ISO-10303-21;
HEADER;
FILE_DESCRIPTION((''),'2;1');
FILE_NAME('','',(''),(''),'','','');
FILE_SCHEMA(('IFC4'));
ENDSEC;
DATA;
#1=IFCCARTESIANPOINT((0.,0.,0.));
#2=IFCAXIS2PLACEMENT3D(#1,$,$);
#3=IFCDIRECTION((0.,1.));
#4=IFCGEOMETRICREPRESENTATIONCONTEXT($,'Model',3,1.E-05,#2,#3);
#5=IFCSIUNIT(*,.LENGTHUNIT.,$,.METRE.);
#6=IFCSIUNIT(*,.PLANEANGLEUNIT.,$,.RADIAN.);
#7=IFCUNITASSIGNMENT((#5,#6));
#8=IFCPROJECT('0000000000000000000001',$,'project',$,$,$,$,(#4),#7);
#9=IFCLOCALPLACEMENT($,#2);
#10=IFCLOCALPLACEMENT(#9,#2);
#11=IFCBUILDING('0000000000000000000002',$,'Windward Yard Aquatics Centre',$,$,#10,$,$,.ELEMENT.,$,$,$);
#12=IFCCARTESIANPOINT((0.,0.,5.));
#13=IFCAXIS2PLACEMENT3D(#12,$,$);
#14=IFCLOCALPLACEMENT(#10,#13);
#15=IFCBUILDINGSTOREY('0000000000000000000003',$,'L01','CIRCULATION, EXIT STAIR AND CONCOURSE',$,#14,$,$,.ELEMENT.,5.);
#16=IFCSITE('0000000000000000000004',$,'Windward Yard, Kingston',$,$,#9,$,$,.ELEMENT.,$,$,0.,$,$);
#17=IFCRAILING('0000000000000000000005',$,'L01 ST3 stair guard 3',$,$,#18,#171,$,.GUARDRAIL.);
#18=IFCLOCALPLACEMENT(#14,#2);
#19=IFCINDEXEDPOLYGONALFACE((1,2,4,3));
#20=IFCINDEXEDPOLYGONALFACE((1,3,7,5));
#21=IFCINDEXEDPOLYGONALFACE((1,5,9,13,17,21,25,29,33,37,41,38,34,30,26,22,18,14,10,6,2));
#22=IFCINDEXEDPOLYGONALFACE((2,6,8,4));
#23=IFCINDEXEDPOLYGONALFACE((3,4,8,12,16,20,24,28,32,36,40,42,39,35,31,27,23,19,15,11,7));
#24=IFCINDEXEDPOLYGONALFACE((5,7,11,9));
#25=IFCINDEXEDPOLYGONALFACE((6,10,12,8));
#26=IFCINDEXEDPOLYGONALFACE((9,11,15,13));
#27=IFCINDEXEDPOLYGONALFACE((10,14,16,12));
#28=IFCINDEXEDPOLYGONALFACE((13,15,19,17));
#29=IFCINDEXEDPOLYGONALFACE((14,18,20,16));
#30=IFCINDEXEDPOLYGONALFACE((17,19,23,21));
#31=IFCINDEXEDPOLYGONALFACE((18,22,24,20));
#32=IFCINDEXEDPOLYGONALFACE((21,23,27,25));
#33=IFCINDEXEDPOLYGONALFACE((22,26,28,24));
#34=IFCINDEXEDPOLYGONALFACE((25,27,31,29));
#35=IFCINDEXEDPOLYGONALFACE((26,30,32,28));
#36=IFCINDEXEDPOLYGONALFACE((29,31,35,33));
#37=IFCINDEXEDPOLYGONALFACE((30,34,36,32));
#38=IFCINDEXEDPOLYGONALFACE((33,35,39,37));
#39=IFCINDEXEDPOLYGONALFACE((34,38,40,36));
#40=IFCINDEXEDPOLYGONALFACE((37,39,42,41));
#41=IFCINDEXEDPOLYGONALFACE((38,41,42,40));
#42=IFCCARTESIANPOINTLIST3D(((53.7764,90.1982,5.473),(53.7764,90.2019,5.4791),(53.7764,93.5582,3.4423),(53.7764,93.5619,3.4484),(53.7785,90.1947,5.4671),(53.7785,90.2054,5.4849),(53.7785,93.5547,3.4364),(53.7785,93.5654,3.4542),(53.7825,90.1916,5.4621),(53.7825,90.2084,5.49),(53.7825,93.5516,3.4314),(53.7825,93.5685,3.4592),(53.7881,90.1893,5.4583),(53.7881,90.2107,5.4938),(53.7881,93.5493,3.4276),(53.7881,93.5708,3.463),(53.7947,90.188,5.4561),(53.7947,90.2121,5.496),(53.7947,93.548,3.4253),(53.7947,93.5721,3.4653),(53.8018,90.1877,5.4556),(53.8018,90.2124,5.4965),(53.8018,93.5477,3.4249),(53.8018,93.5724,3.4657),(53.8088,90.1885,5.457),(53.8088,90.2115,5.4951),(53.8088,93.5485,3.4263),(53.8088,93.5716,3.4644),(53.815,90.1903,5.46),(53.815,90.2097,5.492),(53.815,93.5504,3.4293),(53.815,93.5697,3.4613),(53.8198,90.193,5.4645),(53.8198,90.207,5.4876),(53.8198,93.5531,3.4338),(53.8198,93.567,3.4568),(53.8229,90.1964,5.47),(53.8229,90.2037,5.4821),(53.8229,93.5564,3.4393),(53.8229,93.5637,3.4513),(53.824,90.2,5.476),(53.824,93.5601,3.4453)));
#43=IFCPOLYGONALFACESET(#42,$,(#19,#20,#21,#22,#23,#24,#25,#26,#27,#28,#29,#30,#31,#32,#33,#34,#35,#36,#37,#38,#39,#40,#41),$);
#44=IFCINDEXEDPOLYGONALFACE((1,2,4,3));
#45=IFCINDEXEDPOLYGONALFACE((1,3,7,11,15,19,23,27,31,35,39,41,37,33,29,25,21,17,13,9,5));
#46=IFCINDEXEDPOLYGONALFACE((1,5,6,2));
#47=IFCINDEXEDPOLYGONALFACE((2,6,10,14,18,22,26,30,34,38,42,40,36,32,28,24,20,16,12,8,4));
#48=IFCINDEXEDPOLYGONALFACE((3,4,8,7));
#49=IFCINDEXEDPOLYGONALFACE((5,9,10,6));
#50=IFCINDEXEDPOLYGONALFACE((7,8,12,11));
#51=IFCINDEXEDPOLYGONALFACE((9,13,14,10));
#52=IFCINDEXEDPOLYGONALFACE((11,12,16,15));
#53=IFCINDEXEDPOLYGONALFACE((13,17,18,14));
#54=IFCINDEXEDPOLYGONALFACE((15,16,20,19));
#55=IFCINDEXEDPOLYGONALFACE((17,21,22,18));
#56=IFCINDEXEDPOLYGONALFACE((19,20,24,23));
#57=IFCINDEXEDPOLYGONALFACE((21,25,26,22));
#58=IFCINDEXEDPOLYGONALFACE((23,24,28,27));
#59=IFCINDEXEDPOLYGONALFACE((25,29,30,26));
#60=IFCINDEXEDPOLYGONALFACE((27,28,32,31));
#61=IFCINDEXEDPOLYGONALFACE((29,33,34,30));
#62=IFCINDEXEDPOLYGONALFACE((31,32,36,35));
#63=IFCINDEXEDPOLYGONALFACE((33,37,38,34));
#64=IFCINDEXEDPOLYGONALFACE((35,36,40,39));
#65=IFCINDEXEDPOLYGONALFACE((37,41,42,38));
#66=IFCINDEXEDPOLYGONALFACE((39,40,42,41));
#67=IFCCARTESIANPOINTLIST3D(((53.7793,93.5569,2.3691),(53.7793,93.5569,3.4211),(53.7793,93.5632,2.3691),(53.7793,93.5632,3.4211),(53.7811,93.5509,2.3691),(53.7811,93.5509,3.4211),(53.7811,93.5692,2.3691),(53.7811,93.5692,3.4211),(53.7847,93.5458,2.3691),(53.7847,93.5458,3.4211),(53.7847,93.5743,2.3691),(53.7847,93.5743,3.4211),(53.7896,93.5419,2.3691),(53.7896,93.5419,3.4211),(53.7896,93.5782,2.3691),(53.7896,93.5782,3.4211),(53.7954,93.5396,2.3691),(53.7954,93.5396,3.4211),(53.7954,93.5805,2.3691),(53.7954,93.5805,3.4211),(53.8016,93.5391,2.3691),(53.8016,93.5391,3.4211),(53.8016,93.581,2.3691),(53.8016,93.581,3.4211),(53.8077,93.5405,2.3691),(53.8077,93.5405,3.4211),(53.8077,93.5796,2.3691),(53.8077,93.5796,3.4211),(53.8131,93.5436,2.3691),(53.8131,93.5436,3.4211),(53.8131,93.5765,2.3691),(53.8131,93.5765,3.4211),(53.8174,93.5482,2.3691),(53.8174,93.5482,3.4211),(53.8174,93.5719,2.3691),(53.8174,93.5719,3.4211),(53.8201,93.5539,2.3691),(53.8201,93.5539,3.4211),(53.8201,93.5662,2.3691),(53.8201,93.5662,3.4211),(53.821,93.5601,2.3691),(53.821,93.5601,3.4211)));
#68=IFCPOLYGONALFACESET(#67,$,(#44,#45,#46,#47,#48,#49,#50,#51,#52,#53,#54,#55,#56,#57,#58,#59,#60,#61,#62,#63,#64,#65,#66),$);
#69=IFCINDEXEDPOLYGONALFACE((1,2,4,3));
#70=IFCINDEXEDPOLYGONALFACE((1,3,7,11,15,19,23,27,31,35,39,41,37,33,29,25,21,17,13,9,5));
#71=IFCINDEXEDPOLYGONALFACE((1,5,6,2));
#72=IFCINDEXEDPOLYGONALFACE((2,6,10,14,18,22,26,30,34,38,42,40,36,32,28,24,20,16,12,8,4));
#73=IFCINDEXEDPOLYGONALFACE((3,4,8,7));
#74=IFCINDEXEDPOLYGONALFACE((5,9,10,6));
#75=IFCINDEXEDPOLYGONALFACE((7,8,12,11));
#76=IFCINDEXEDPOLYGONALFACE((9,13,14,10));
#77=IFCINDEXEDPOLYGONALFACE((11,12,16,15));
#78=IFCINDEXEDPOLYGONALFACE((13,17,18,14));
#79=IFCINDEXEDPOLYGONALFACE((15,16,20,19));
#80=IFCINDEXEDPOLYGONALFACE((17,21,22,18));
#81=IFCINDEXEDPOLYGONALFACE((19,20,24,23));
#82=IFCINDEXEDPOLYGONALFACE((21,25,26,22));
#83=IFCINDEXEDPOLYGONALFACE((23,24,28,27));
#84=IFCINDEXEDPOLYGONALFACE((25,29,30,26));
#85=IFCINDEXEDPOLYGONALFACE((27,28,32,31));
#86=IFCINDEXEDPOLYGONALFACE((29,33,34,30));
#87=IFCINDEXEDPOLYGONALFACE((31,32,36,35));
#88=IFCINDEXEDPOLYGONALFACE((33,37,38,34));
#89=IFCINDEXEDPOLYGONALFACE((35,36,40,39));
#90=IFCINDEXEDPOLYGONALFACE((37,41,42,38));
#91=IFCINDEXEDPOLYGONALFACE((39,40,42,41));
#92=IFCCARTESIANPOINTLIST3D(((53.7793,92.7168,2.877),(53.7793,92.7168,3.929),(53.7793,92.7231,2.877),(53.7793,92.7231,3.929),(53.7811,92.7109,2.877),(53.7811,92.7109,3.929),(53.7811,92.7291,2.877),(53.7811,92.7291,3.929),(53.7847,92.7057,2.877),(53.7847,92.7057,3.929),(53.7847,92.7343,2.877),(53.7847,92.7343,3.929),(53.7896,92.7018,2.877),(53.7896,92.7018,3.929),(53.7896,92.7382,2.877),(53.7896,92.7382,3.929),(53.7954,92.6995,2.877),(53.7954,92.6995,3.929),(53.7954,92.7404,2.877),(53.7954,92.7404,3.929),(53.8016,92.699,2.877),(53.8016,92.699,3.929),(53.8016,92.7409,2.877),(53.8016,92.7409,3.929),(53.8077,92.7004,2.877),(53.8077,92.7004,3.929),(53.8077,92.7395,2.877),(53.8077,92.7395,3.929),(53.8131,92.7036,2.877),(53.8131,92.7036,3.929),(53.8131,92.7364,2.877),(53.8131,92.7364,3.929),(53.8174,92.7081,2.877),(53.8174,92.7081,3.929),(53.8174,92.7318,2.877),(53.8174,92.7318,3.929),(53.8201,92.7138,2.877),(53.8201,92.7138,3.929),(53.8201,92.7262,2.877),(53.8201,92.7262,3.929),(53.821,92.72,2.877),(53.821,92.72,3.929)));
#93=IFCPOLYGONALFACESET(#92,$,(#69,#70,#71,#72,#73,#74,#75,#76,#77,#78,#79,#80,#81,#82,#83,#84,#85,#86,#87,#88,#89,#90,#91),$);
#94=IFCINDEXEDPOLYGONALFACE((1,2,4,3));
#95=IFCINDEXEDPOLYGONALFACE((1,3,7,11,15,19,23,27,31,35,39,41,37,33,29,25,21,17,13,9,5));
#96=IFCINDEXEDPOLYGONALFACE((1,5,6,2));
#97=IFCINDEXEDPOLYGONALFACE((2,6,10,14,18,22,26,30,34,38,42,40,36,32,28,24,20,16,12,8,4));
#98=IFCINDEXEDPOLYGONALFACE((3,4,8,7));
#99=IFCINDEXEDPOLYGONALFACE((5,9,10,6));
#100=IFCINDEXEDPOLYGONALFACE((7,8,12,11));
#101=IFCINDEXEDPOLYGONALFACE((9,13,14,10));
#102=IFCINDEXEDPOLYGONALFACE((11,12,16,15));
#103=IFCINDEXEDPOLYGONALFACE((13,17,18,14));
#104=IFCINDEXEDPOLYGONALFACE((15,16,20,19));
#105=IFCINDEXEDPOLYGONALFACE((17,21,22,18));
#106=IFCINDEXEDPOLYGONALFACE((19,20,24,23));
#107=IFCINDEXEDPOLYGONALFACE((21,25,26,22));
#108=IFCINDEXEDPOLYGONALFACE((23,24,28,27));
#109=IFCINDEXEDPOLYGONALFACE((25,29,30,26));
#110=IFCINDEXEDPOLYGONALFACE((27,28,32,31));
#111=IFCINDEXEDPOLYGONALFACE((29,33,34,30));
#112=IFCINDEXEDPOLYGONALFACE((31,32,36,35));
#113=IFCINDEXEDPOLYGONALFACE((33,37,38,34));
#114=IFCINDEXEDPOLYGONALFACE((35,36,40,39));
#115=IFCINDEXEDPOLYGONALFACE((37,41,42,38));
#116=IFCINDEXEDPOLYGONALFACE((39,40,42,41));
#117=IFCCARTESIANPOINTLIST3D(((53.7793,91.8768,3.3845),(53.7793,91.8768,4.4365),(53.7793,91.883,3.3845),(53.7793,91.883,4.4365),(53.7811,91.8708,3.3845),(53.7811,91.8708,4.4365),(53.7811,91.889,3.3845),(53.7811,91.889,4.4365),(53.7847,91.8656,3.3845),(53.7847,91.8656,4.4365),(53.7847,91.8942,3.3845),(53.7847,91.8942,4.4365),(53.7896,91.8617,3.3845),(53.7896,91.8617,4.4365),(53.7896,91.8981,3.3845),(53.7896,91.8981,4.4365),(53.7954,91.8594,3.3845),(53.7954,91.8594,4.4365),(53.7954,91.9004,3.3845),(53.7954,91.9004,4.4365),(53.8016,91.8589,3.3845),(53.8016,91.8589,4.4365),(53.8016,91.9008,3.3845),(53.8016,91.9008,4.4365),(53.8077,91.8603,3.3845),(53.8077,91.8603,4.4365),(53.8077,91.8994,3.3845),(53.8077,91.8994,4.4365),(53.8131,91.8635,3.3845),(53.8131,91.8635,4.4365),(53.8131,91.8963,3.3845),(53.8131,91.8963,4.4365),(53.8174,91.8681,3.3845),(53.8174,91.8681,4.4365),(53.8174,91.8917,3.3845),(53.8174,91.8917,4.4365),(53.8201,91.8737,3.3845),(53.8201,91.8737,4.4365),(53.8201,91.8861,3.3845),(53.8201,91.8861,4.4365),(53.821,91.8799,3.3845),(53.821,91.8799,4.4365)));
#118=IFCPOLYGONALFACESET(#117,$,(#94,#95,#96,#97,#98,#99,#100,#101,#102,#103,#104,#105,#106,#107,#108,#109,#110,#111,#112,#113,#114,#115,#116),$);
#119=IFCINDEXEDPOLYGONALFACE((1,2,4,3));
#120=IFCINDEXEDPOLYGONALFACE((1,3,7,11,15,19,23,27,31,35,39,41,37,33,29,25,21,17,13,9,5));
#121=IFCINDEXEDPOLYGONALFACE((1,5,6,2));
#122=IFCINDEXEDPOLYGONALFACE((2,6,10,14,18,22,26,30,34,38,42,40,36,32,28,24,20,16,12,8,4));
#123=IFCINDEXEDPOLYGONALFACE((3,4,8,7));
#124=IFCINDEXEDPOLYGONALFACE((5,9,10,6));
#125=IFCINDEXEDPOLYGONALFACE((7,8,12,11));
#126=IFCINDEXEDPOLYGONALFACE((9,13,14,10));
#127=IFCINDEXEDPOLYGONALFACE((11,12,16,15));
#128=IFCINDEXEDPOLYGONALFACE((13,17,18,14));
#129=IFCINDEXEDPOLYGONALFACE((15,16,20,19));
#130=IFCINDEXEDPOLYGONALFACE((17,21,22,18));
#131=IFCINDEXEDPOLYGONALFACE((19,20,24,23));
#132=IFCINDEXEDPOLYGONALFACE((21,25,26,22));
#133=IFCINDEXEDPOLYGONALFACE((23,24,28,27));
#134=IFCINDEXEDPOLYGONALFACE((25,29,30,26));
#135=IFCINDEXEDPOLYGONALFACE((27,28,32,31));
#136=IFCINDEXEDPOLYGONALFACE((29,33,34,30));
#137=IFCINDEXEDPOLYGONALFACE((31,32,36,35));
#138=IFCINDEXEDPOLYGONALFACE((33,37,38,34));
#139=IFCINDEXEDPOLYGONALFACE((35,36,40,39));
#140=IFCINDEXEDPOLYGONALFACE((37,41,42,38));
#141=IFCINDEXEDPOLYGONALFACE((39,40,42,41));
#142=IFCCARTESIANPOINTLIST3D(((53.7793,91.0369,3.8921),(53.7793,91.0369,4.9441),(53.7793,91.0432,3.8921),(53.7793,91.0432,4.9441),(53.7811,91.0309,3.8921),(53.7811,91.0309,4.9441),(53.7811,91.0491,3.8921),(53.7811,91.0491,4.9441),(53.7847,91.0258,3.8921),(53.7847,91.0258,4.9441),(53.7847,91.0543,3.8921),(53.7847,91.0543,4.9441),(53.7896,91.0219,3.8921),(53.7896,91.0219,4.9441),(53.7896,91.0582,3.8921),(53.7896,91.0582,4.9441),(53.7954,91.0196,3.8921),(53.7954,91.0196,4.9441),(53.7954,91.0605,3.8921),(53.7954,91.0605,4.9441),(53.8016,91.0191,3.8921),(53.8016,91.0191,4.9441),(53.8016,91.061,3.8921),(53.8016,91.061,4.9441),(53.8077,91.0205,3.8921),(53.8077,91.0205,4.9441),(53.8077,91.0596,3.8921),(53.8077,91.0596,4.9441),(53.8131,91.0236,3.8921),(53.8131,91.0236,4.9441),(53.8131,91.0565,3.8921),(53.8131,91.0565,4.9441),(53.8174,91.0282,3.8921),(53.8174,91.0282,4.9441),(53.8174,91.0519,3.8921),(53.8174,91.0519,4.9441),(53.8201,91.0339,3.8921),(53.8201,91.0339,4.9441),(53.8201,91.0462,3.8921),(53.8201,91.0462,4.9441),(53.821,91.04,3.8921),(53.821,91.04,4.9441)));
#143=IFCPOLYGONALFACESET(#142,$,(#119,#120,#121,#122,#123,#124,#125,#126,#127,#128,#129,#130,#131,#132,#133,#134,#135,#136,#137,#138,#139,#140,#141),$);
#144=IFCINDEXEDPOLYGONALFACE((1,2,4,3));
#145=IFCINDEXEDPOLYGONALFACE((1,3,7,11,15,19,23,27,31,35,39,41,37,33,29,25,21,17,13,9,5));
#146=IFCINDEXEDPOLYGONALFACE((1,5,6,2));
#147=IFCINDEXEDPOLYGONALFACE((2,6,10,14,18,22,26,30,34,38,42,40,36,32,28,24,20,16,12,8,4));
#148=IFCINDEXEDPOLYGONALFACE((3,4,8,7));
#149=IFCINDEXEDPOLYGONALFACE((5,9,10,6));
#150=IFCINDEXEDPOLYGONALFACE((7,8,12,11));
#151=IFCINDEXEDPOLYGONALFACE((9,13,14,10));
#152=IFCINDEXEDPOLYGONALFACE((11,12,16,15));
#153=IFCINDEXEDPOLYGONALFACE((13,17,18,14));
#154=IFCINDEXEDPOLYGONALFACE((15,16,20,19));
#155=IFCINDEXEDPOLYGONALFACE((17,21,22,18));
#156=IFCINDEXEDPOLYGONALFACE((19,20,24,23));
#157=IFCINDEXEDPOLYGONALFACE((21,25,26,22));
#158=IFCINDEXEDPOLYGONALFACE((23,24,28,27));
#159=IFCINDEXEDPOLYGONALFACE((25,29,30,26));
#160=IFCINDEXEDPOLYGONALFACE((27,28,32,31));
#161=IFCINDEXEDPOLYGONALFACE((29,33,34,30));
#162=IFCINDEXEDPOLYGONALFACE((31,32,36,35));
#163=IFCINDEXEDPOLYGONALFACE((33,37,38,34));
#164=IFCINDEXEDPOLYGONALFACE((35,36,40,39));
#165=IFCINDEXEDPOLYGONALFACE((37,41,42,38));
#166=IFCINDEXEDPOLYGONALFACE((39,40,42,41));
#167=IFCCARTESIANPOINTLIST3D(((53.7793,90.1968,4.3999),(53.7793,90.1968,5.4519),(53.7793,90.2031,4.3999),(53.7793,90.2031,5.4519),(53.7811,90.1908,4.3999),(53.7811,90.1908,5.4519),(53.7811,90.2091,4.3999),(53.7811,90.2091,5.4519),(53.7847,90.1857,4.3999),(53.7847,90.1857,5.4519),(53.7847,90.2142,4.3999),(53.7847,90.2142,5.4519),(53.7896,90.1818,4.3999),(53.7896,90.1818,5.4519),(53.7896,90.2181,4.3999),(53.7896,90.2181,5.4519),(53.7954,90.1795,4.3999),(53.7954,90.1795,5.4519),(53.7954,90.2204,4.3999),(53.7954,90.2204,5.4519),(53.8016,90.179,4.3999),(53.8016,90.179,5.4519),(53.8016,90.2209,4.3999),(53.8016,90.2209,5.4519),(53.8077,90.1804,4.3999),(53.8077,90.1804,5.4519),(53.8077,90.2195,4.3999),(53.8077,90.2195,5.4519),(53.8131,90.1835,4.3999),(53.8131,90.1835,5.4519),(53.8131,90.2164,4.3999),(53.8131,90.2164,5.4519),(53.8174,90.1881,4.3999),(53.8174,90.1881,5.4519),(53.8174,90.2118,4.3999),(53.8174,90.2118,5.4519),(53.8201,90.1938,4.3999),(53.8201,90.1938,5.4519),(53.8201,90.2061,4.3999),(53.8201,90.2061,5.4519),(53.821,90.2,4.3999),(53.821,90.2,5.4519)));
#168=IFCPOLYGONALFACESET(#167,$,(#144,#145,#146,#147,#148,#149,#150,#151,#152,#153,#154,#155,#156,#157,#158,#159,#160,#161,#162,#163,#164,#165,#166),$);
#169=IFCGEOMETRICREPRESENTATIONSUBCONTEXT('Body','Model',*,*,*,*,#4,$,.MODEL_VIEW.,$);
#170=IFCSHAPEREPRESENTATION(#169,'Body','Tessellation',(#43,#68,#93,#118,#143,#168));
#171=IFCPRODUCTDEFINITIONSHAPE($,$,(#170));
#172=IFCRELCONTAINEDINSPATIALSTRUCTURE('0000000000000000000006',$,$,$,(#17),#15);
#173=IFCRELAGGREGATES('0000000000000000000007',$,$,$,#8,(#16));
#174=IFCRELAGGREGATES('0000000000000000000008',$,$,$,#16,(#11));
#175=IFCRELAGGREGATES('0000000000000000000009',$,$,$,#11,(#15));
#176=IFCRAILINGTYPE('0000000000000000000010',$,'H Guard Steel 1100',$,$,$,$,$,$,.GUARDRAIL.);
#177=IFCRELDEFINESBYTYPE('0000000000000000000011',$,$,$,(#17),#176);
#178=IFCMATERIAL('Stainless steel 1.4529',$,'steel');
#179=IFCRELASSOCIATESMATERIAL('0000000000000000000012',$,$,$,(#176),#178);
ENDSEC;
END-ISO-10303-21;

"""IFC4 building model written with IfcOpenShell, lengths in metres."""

from ifc_helpers import new_model, si_unit, direction, frame, origin, origin_2d, place, context, subcontext, project, spatial, circle, extrude, material, type_object, element, save


model = new_model("IFC4")

# Units and contexts
model_context = context("Model", 3, precision=1e-05, world=origin(), true_north=direction((0.0, 1.0)))
body_context = subcontext(model_context, "Body", "Model", "MODEL_VIEW")
ifc_project = project(units=[si_unit("LENGTHUNIT", "METRE"), si_unit("PLANEANGLEUNIT", "RADIAN")], contexts=[model_context])

# Site, building, storey
site_placement = place(None, origin())
site = spatial("IfcSite", under=ifc_project, at=site_placement, Name="Windward Yard, Kingston", CompositionType="ELEMENT", RefElevation=0.0)
building_placement = place(site_placement, origin())
building = spatial("IfcBuilding", under=site, at=building_placement, Name="Windward Yard Aquatics Centre", CompositionType="ELEMENT")
storey_placement = place(building_placement, frame((0.0, 0.0, 5.0)))
storey = spatial("IfcBuildingStorey", under=building, at=storey_placement, Name="L01", Description="CIRCULATION, EXIT STAIR AND CONCOURSE", CompositionType="ELEMENT", Elevation=5.0)

# Railing
ifc_material_1 = material(Name="Stainless steel 1.4529", Category="steel")
railing_type_1 = type_object("IfcRailingType", Name="H Guard Steel 1100", PredefinedType="GUARDRAIL", material=ifc_material_1)
railing_1_placement = place(storey_placement, frame((53.8, 93.5601, 2.3691)))
element("IfcRailing", 1, at=railing_1_placement, inside=storey, type_object=railing_type_1, Name="L01 ST3 stair guard 3", PredefinedType="GUARDRAIL", context=body_context, shape_type="SweptSolid", body=[
    extrude(circle(Radius=0.0239, at=origin_2d()), frame((0.0, 0.0, 1.0762), z_axis=(0.0, -0.855837, 0.517246), x_axis=(1.0, 0.0, 0.0)), (0.0, 0.0, 1.0), 3.926),
    extrude(circle(Radius=0.021, at=origin_2d()), origin(), (0.0, 0.0, 1.0), 1.052),
    extrude(circle(Radius=0.021, at=origin_2d()), frame((0.0, -0.8401, 0.5078)), (0.0, 0.0, 1.0), 1.052),
    extrude(circle(Radius=0.021, at=origin_2d()), frame((0.0, -1.6802, 1.0154)), (0.0, 0.0, 1.0), 1.052),
    extrude(circle(Radius=0.021, at=origin_2d()), frame((0.0, -2.52, 1.5229)), (0.0, 0.0, 1.0), 1.052),
    extrude(circle(Radius=0.021, at=origin_2d()), frame((0.0, -3.3601, 2.0308)), (0.0, 0.0, 1.0), 1.052),
])

save(model, "model.ifc")
